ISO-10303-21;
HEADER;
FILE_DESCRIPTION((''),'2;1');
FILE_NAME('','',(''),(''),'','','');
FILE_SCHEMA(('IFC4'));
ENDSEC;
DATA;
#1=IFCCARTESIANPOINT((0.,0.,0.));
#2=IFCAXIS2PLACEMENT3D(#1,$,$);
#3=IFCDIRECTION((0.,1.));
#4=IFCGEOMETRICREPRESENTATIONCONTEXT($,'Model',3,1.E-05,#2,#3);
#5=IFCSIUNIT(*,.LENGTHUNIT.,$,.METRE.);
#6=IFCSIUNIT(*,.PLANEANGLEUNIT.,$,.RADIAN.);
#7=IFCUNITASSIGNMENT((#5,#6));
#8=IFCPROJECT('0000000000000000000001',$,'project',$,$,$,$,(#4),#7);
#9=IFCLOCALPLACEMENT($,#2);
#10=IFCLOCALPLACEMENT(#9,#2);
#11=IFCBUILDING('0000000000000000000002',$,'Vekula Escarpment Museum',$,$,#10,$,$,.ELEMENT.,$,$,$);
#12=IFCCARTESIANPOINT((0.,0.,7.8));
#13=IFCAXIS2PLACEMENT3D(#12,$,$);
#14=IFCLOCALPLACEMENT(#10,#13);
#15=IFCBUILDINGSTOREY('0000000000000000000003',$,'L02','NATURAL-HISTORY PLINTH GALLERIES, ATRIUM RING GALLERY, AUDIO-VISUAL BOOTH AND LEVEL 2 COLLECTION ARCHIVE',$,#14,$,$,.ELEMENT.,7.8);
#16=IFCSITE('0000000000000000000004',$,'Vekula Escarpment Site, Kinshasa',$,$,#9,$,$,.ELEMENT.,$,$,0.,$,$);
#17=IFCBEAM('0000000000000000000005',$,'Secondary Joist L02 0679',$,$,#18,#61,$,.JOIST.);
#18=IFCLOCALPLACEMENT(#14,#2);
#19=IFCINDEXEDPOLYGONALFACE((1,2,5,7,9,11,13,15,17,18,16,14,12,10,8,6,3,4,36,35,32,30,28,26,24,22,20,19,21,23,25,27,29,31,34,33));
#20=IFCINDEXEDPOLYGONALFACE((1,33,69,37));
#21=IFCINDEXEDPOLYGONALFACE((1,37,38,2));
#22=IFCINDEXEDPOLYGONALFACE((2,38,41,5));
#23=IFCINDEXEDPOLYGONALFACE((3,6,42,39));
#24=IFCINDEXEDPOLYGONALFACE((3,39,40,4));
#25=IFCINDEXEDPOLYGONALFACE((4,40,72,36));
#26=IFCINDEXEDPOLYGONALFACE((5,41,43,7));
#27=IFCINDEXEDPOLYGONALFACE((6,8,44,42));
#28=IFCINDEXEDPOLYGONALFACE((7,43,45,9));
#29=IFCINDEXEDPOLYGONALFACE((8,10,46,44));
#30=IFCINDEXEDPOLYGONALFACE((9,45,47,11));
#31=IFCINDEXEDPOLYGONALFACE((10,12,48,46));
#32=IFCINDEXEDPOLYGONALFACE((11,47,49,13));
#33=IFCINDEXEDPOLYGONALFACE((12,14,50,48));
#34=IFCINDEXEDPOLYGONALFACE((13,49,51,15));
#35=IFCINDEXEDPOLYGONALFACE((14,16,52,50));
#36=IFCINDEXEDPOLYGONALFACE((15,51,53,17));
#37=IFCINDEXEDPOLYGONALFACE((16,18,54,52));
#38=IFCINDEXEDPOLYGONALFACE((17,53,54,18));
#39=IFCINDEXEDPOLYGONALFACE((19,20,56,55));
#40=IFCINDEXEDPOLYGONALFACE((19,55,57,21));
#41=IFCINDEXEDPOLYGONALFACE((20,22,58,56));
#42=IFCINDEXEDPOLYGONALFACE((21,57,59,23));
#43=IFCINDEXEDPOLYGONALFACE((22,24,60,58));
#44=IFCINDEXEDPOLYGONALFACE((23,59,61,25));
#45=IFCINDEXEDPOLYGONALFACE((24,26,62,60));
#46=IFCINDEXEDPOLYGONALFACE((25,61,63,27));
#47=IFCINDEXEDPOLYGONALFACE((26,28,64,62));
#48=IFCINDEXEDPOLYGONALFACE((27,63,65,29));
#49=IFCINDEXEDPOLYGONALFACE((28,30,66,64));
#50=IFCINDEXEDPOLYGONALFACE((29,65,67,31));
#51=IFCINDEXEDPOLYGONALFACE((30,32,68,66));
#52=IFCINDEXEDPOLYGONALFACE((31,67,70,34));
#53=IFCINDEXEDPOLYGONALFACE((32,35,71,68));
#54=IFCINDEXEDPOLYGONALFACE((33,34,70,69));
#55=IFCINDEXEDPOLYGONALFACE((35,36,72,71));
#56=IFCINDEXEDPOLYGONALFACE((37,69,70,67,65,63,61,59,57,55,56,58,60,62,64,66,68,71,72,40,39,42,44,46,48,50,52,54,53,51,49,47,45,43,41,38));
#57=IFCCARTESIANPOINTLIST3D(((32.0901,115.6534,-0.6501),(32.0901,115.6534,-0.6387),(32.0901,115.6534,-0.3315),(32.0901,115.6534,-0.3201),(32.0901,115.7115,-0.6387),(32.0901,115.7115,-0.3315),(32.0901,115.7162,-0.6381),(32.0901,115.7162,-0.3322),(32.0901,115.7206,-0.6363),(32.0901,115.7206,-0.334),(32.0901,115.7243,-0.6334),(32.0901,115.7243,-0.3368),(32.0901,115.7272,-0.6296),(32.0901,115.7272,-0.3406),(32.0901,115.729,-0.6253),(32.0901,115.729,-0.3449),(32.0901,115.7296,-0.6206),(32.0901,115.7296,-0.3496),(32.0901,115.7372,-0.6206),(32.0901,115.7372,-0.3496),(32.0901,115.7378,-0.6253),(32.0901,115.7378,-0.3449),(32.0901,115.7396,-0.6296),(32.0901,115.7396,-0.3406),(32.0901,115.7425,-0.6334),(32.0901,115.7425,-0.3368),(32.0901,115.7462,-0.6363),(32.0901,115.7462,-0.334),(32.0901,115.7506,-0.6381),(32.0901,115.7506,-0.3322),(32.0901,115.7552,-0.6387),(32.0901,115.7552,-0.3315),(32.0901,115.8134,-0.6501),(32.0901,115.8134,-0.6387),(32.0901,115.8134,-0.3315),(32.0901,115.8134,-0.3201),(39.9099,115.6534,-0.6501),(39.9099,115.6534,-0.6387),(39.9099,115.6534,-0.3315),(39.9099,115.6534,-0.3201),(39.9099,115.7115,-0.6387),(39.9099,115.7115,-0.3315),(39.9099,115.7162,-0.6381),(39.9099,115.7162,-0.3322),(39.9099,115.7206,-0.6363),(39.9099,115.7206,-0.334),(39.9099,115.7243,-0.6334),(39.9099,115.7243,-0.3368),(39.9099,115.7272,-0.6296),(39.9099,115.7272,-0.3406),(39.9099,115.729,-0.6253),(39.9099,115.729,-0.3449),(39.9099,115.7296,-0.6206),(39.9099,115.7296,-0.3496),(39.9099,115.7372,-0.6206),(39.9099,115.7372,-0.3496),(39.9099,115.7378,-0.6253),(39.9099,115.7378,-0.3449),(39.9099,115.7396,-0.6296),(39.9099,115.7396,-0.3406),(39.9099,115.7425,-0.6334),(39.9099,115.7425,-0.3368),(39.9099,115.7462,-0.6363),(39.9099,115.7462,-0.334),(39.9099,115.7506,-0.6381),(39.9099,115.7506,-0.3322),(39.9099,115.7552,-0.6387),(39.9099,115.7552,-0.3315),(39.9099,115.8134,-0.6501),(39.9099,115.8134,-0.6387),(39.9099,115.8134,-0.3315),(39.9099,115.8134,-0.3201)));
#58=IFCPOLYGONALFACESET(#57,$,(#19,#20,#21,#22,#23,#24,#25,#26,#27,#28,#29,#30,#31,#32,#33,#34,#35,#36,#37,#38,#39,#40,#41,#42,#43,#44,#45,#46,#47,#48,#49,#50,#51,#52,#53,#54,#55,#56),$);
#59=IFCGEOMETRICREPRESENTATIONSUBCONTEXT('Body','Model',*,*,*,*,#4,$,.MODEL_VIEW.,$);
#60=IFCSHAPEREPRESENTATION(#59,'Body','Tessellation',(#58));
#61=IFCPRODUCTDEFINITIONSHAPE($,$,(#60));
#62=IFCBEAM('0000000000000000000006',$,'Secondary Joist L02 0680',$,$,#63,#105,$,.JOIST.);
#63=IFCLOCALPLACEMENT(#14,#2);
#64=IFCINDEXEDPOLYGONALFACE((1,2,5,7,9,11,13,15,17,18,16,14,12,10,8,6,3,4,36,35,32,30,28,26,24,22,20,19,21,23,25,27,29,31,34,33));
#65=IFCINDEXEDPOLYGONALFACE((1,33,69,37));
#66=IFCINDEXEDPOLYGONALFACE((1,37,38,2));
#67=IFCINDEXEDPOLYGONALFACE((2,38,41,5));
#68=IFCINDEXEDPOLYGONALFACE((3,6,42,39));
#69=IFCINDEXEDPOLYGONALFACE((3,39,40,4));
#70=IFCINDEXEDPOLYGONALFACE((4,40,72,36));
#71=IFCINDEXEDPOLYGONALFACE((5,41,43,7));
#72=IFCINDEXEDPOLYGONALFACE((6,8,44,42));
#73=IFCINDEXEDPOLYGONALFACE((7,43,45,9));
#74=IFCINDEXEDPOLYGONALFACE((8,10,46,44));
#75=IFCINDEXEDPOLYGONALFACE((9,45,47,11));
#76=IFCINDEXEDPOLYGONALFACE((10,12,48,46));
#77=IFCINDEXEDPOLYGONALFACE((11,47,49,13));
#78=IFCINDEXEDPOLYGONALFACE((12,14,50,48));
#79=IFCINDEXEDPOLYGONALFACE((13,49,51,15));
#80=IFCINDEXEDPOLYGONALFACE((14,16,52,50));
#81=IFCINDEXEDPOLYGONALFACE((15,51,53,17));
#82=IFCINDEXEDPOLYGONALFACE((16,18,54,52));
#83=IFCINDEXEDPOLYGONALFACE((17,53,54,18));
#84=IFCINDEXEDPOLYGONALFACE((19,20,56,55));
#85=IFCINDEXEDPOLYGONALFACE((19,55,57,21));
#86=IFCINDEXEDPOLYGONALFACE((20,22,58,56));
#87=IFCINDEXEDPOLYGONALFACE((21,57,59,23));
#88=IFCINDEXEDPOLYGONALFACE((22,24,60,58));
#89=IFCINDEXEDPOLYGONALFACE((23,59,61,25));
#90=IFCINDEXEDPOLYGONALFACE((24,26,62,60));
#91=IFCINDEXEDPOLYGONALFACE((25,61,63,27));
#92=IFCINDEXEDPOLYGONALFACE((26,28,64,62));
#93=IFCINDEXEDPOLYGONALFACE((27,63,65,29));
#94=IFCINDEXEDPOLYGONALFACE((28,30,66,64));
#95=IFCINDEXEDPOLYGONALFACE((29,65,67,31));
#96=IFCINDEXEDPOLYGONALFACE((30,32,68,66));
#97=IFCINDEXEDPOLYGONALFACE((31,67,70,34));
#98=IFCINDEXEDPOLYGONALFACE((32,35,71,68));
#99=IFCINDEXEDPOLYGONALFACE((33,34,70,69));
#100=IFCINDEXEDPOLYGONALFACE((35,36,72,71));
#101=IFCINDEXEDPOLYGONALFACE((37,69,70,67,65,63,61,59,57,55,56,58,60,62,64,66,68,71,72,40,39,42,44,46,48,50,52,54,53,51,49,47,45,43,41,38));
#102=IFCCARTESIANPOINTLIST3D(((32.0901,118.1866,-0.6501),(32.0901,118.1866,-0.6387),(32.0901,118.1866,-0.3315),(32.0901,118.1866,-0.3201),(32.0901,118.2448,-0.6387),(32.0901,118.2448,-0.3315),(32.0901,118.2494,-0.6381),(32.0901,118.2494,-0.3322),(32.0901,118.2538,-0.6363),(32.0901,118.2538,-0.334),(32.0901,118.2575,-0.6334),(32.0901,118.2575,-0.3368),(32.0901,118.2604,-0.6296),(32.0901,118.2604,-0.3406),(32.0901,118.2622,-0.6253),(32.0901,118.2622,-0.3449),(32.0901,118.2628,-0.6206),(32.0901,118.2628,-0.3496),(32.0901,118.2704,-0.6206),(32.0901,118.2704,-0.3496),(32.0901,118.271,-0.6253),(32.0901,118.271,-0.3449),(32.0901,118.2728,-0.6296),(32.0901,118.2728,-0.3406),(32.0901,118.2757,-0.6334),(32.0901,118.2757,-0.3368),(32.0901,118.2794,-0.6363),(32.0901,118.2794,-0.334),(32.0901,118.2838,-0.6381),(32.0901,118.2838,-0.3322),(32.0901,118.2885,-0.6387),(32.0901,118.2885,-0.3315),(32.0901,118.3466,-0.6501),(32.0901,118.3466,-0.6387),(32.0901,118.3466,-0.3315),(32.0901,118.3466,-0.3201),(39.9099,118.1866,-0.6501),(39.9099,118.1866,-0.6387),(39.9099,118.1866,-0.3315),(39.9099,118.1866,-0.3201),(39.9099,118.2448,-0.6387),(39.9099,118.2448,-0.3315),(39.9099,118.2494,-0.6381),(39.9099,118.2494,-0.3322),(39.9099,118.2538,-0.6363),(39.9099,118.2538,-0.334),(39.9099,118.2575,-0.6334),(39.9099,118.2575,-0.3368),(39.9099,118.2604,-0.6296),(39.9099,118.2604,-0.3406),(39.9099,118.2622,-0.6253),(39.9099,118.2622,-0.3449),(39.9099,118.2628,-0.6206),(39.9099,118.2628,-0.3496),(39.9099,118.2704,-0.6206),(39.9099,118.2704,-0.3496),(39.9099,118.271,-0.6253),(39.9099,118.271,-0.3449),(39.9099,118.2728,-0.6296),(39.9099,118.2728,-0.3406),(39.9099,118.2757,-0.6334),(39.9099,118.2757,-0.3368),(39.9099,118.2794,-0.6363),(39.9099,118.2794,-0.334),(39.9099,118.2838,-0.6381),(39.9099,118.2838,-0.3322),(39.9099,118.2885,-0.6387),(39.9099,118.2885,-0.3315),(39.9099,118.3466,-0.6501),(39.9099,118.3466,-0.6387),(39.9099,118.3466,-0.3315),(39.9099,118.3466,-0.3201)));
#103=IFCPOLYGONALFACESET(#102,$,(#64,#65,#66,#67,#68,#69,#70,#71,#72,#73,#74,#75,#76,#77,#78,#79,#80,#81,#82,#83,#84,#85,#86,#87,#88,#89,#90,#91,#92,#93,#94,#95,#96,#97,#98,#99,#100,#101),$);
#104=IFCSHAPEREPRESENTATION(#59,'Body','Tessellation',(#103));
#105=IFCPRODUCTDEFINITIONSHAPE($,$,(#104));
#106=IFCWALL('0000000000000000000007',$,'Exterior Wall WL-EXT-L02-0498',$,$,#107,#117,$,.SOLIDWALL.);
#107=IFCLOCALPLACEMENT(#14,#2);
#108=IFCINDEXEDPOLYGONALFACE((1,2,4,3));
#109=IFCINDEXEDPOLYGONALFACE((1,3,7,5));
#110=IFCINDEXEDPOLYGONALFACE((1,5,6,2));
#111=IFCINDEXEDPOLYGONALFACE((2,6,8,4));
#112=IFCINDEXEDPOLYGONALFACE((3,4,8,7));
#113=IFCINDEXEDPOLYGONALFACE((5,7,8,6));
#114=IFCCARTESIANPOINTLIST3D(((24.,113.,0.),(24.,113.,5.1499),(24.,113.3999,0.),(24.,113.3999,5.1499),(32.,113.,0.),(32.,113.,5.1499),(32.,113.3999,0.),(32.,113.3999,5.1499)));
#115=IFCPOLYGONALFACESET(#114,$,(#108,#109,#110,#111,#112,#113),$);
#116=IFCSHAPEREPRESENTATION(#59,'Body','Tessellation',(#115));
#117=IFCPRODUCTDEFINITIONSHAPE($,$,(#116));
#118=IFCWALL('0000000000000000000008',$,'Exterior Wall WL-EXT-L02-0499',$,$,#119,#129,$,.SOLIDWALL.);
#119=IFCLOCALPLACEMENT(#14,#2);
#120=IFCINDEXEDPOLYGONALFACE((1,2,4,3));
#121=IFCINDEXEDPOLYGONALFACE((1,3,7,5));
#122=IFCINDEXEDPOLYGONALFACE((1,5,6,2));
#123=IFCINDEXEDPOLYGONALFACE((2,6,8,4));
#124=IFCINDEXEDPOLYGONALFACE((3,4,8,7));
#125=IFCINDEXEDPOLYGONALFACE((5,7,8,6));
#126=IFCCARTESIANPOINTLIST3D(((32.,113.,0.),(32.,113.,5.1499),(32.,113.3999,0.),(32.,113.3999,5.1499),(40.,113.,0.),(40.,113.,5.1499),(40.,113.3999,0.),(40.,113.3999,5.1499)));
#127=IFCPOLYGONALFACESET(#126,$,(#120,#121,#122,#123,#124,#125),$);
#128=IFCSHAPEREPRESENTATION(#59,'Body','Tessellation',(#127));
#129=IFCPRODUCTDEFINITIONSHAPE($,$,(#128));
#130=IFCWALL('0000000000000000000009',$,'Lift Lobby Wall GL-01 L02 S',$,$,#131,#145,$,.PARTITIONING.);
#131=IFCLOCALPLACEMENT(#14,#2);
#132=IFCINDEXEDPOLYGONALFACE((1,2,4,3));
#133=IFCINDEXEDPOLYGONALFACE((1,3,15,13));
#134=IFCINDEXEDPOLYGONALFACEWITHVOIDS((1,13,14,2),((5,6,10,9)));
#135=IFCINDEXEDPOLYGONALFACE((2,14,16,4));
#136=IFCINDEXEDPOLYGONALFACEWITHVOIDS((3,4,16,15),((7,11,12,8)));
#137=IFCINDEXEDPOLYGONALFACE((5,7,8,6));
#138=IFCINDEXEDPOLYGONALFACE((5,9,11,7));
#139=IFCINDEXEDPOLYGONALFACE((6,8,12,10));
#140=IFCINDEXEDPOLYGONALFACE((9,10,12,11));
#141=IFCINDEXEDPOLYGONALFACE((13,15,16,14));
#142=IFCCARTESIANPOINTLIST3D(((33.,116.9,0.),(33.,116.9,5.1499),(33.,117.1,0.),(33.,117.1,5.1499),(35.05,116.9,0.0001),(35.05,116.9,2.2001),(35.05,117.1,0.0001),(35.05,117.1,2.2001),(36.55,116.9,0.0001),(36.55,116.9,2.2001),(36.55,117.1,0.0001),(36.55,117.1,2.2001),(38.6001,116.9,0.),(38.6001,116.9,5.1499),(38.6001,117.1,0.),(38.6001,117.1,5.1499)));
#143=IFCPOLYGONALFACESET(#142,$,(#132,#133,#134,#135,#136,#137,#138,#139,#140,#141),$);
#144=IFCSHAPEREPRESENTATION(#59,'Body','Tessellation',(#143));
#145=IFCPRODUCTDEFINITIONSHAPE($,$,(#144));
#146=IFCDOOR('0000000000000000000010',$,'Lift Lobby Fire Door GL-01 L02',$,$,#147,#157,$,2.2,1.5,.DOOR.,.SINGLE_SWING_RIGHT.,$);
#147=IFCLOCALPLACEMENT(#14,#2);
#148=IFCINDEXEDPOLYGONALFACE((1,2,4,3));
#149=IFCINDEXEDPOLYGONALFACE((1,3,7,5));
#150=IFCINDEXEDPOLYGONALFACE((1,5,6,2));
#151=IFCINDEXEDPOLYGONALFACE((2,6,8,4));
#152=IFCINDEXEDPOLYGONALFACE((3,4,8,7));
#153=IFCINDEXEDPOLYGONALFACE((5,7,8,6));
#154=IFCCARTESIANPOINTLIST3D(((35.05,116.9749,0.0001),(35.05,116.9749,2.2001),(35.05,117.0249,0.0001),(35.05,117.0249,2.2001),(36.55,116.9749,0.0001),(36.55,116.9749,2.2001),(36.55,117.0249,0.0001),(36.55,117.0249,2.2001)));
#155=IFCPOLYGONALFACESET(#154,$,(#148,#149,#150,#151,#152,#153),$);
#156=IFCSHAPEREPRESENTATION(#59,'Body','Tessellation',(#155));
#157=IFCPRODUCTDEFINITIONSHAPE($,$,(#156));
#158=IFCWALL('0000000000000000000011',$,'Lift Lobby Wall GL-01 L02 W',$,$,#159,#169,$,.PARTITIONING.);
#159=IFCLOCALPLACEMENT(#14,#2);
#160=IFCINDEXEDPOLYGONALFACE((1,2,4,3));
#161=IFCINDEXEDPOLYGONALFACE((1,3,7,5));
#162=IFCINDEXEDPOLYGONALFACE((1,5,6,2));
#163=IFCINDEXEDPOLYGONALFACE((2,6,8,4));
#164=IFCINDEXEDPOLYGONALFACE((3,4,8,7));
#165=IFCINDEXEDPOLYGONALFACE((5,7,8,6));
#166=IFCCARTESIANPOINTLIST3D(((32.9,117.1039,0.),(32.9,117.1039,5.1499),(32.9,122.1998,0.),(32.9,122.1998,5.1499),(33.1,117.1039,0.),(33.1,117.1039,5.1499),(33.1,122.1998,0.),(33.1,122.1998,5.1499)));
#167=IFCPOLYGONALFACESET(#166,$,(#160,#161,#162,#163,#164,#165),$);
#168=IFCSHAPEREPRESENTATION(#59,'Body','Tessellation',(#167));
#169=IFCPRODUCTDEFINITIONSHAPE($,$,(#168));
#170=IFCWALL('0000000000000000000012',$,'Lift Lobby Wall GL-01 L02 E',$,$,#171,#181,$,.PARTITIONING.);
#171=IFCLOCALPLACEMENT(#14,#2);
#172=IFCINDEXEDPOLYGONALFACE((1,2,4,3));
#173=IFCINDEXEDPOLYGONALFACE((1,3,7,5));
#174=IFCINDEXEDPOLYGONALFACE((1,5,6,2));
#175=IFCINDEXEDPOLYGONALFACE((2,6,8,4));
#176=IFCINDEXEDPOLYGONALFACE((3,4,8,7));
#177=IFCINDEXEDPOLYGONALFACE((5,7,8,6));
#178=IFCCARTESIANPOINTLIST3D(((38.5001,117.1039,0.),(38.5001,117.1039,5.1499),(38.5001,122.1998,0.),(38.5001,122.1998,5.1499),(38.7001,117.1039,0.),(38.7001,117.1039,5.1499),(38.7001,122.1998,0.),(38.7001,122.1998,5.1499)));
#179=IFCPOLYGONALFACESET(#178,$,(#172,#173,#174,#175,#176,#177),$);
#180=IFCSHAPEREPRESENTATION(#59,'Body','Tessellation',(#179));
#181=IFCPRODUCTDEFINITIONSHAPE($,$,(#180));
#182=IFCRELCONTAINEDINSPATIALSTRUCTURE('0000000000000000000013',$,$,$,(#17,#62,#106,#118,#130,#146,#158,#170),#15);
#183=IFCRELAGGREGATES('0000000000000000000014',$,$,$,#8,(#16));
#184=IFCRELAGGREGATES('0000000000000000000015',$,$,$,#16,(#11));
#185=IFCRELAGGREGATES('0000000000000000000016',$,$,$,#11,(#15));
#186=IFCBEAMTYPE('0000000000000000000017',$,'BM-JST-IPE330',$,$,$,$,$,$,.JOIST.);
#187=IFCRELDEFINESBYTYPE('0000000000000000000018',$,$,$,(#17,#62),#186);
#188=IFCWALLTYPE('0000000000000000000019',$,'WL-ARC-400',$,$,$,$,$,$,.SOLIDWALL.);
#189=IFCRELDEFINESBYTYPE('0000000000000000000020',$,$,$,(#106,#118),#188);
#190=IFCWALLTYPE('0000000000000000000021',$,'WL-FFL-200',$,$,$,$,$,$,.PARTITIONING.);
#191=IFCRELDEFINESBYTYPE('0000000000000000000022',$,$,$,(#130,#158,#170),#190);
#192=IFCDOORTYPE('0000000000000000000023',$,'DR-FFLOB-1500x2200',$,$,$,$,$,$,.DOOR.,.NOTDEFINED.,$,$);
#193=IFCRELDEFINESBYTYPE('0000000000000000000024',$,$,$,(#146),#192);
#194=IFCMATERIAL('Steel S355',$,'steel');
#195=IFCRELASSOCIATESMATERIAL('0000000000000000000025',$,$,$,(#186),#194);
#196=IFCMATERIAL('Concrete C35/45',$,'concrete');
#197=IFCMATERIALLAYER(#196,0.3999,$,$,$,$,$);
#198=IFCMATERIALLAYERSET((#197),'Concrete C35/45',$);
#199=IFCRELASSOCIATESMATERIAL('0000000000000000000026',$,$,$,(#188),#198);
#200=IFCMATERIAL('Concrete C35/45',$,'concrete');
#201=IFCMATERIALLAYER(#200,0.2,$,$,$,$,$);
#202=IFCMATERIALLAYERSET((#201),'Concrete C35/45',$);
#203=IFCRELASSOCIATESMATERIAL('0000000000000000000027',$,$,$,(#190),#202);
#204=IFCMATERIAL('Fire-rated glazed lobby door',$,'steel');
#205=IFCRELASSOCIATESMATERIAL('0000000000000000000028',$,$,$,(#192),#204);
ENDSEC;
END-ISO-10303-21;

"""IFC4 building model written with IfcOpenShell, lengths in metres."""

from ifc_helpers import new_model, si_unit, direction, frame, frame_2d, origin, origin_2d, place, context, subcontext, project, spatial, rectangle, i_section, extrude, material, layer, layer_set, material_profile, profile_set, type_object, element, fill, save


model = new_model("IFC4")

# Units and contexts
model_context = context("Model", 3, precision=1e-05, world=origin(), true_north=direction((0.0, 1.0)))
body_context = subcontext(model_context, "Body", "Model", "MODEL_VIEW")
ifc_project = project(units=[si_unit("LENGTHUNIT", "METRE"), si_unit("PLANEANGLEUNIT", "RADIAN")], contexts=[model_context])

# Site, building, storey
site_placement = place(None, origin())
site = spatial("IfcSite", under=ifc_project, at=site_placement, Name="Vekula Escarpment Site, Kinshasa", CompositionType="ELEMENT", RefElevation=0.0)
building_placement = place(site_placement, origin())
building = spatial("IfcBuilding", under=site, at=building_placement, Name="Vekula Escarpment Museum", CompositionType="ELEMENT")
storey_placement = place(building_placement, frame((0.0, 0.0, 7.8)))
storey = spatial("IfcBuildingStorey", under=building, at=storey_placement, Name="L02", Description="NATURAL-HISTORY PLINTH GALLERIES, ATRIUM RING GALLERY, AUDIO-VISUAL BOOTH AND LEVEL 2 COLLECTION ARCHIVE", CompositionType="ELEMENT", Elevation=7.8)

# Beams
ifc_material_1 = material(Name="Steel S355", Category="steel")
ifc_material_profile_1 = material_profile(ifc_material_1, i_section(OverallWidth=0.1599, OverallDepth=0.3301, WebThickness=0.0076, FlangeThickness=0.0115, FilletRadius=0.0181, at=origin_2d()), Name="IPE 330")
ifc_profile_set_1 = profile_set([ifc_material_profile_1], Name="Steel S355")
beam_type_1 = type_object("IfcBeamType", Name="BM-JST-IPE330", PredefinedType="JOIST", material=ifc_profile_set_1)
for number, where, z_axis, x_axis, name in (
    (1, (32.0901, 115.7334, -0.4851), (1.0, 0.0, 0.0), (0.0, 1.0, 0.0), "Secondary Joist L02 0679"),
    (2, (32.0901, 118.2666, -0.4851), (1.0, 0.0, 0.0), (0.0, 1.0, 0.0), "Secondary Joist L02 0680"),
):
    element("IfcBeam", number, at=place(storey_placement, frame(where, z_axis=z_axis, x_axis=x_axis)), inside=storey, type_object=beam_type_1, Name=name, PredefinedType="JOIST", context=body_context, shape_type="SweptSolid", body=[
        extrude(i_section(OverallWidth=0.1599, OverallDepth=0.3301, WebThickness=0.0076, FlangeThickness=0.0115, FilletRadius=0.0181, at=origin_2d()), origin(), (0.0, 0.0, 1.0), 7.8198),
    ])

# Walls
ifc_material_2 = material(Name="Concrete C35/45", Category="concrete")
ifc_layer_1 = layer(ifc_material_2, 0.3999)
ifc_layer_set_1 = layer_set([ifc_layer_1], Name="Concrete C35/45")
wall_type_1 = type_object("IfcWallType", Name="WL-ARC-400", PredefinedType="SOLIDWALL", material=ifc_layer_set_1)
for number, where, z_axis, x_axis, name in (
    (3, (32.0, 113.2, 0.0), (0.0, 0.0, 1.0), (-1.0, 0.0, 0.0), "Exterior Wall WL-EXT-L02-0498"),
    (4, (40.0, 113.2, 0.0), (0.0, 0.0, 1.0), (-1.0, 0.0, 0.0), "Exterior Wall WL-EXT-L02-0499"),
):
    element("IfcWall", number, at=place(storey_placement, frame(where, z_axis=z_axis, x_axis=x_axis)), inside=storey, type_object=wall_type_1, Name=name, PredefinedType="SOLIDWALL", context=body_context, shape_type="SweptSolid", body=[
        extrude(rectangle(XDim=8.0, YDim=0.3999, at=frame_2d((4.0, 0.0))), origin(), (0.0, 0.0, 1.0), 5.1499),
    ])

# Wall, opening, door
ifc_material_3 = material(Name="Concrete C35/45", Category="concrete")
ifc_layer_2 = layer(ifc_material_3, 0.2)
ifc_layer_set_2 = layer_set([ifc_layer_2], Name="Concrete C35/45")
wall_type_2 = type_object("IfcWallType", Name="WL-FFL-200", PredefinedType="PARTITIONING", material=ifc_layer_set_2)
wall_1_placement = place(storey_placement, frame((33.0, 117.0, 0.0), z_axis=(0.0, 0.0, 1.0), x_axis=(1.0, 0.0, 0.0)))
wall_1 = element("IfcWall", 5, at=wall_1_placement, inside=storey, type_object=wall_type_2, Name="Lift Lobby Wall GL-01 L02 S", PredefinedType="PARTITIONING", context=body_context, shape_type="SweptSolid", body=[
    extrude(rectangle(XDim=5.6001, YDim=0.2, at=frame_2d((2.8, 0.0))), origin(), (0.0, 0.0, 1.0), 5.1499),
])
opening_1_placement = place(wall_1_placement, frame((2.05, 0.0, 0.0)))
opening_1 = element("IfcOpeningElement", 6, at=opening_1_placement, cuts=wall_1, PredefinedType="OPENING", context=body_context, shape_type="SweptSolid", body=[
    extrude(rectangle(XDim=1.5, YDim=2.2, at=frame_2d((0.75, 1.1001))), frame((0.0, 0.1099, 0.0), z_axis=(0.0, -1.0, 0.0), x_axis=(1.0, 0.0, 0.0)), (0.0, 0.0, 1.0), 0.22),
])
ifc_material_4 = material(Name="Fire-rated glazed lobby door", Category="steel")
door_type_1 = type_object("IfcDoorType", Name="DR-FFLOB-1500x2200", OperationType="NOTDEFINED", PredefinedType="DOOR", material=ifc_material_4)
door_1_placement = place(opening_1_placement, origin())
door_1 = element("IfcDoor", 7, at=door_1_placement, inside=storey, type_object=door_type_1, Name="Lift Lobby Fire Door GL-01 L02", OperationType="SINGLE_SWING_RIGHT", OverallHeight=2.2, OverallWidth=1.5, PredefinedType="DOOR", context=body_context, shape_type="SweptSolid", body=[
    extrude(rectangle(XDim=1.5, YDim=2.2, at=frame_2d((0.75, 1.1001))), frame((0.0, 0.0249, 0.0), z_axis=(0.0, -1.0, 0.0), x_axis=(1.0, 0.0, 0.0)), (0.0, 0.0, 1.0), 0.05),
])
fill(opening_1, door_1)

# Walls
for number, where, z_axis, x_axis, name in (
    (8, (33.0, 117.104, 0.0), (0.0, 0.0, 1.0), (0.0, 1.0, 0.0), "Lift Lobby Wall GL-01 L02 W"),
    (9, (38.6001, 117.104, 0.0), (0.0, 0.0, 1.0), (0.0, 1.0, 0.0), "Lift Lobby Wall GL-01 L02 E"),
):
    element("IfcWall", number, at=place(storey_placement, frame(where, z_axis=z_axis, x_axis=x_axis)), inside=storey, type_object=wall_type_2, Name=name, PredefinedType="PARTITIONING", context=body_context, shape_type="SweptSolid", body=[
        extrude(rectangle(XDim=5.0959, YDim=0.2, at=frame_2d((2.5479, 0.0))), origin(), (0.0, 0.0, 1.0), 5.1499),
    ])

save(model, "model.ifc")
